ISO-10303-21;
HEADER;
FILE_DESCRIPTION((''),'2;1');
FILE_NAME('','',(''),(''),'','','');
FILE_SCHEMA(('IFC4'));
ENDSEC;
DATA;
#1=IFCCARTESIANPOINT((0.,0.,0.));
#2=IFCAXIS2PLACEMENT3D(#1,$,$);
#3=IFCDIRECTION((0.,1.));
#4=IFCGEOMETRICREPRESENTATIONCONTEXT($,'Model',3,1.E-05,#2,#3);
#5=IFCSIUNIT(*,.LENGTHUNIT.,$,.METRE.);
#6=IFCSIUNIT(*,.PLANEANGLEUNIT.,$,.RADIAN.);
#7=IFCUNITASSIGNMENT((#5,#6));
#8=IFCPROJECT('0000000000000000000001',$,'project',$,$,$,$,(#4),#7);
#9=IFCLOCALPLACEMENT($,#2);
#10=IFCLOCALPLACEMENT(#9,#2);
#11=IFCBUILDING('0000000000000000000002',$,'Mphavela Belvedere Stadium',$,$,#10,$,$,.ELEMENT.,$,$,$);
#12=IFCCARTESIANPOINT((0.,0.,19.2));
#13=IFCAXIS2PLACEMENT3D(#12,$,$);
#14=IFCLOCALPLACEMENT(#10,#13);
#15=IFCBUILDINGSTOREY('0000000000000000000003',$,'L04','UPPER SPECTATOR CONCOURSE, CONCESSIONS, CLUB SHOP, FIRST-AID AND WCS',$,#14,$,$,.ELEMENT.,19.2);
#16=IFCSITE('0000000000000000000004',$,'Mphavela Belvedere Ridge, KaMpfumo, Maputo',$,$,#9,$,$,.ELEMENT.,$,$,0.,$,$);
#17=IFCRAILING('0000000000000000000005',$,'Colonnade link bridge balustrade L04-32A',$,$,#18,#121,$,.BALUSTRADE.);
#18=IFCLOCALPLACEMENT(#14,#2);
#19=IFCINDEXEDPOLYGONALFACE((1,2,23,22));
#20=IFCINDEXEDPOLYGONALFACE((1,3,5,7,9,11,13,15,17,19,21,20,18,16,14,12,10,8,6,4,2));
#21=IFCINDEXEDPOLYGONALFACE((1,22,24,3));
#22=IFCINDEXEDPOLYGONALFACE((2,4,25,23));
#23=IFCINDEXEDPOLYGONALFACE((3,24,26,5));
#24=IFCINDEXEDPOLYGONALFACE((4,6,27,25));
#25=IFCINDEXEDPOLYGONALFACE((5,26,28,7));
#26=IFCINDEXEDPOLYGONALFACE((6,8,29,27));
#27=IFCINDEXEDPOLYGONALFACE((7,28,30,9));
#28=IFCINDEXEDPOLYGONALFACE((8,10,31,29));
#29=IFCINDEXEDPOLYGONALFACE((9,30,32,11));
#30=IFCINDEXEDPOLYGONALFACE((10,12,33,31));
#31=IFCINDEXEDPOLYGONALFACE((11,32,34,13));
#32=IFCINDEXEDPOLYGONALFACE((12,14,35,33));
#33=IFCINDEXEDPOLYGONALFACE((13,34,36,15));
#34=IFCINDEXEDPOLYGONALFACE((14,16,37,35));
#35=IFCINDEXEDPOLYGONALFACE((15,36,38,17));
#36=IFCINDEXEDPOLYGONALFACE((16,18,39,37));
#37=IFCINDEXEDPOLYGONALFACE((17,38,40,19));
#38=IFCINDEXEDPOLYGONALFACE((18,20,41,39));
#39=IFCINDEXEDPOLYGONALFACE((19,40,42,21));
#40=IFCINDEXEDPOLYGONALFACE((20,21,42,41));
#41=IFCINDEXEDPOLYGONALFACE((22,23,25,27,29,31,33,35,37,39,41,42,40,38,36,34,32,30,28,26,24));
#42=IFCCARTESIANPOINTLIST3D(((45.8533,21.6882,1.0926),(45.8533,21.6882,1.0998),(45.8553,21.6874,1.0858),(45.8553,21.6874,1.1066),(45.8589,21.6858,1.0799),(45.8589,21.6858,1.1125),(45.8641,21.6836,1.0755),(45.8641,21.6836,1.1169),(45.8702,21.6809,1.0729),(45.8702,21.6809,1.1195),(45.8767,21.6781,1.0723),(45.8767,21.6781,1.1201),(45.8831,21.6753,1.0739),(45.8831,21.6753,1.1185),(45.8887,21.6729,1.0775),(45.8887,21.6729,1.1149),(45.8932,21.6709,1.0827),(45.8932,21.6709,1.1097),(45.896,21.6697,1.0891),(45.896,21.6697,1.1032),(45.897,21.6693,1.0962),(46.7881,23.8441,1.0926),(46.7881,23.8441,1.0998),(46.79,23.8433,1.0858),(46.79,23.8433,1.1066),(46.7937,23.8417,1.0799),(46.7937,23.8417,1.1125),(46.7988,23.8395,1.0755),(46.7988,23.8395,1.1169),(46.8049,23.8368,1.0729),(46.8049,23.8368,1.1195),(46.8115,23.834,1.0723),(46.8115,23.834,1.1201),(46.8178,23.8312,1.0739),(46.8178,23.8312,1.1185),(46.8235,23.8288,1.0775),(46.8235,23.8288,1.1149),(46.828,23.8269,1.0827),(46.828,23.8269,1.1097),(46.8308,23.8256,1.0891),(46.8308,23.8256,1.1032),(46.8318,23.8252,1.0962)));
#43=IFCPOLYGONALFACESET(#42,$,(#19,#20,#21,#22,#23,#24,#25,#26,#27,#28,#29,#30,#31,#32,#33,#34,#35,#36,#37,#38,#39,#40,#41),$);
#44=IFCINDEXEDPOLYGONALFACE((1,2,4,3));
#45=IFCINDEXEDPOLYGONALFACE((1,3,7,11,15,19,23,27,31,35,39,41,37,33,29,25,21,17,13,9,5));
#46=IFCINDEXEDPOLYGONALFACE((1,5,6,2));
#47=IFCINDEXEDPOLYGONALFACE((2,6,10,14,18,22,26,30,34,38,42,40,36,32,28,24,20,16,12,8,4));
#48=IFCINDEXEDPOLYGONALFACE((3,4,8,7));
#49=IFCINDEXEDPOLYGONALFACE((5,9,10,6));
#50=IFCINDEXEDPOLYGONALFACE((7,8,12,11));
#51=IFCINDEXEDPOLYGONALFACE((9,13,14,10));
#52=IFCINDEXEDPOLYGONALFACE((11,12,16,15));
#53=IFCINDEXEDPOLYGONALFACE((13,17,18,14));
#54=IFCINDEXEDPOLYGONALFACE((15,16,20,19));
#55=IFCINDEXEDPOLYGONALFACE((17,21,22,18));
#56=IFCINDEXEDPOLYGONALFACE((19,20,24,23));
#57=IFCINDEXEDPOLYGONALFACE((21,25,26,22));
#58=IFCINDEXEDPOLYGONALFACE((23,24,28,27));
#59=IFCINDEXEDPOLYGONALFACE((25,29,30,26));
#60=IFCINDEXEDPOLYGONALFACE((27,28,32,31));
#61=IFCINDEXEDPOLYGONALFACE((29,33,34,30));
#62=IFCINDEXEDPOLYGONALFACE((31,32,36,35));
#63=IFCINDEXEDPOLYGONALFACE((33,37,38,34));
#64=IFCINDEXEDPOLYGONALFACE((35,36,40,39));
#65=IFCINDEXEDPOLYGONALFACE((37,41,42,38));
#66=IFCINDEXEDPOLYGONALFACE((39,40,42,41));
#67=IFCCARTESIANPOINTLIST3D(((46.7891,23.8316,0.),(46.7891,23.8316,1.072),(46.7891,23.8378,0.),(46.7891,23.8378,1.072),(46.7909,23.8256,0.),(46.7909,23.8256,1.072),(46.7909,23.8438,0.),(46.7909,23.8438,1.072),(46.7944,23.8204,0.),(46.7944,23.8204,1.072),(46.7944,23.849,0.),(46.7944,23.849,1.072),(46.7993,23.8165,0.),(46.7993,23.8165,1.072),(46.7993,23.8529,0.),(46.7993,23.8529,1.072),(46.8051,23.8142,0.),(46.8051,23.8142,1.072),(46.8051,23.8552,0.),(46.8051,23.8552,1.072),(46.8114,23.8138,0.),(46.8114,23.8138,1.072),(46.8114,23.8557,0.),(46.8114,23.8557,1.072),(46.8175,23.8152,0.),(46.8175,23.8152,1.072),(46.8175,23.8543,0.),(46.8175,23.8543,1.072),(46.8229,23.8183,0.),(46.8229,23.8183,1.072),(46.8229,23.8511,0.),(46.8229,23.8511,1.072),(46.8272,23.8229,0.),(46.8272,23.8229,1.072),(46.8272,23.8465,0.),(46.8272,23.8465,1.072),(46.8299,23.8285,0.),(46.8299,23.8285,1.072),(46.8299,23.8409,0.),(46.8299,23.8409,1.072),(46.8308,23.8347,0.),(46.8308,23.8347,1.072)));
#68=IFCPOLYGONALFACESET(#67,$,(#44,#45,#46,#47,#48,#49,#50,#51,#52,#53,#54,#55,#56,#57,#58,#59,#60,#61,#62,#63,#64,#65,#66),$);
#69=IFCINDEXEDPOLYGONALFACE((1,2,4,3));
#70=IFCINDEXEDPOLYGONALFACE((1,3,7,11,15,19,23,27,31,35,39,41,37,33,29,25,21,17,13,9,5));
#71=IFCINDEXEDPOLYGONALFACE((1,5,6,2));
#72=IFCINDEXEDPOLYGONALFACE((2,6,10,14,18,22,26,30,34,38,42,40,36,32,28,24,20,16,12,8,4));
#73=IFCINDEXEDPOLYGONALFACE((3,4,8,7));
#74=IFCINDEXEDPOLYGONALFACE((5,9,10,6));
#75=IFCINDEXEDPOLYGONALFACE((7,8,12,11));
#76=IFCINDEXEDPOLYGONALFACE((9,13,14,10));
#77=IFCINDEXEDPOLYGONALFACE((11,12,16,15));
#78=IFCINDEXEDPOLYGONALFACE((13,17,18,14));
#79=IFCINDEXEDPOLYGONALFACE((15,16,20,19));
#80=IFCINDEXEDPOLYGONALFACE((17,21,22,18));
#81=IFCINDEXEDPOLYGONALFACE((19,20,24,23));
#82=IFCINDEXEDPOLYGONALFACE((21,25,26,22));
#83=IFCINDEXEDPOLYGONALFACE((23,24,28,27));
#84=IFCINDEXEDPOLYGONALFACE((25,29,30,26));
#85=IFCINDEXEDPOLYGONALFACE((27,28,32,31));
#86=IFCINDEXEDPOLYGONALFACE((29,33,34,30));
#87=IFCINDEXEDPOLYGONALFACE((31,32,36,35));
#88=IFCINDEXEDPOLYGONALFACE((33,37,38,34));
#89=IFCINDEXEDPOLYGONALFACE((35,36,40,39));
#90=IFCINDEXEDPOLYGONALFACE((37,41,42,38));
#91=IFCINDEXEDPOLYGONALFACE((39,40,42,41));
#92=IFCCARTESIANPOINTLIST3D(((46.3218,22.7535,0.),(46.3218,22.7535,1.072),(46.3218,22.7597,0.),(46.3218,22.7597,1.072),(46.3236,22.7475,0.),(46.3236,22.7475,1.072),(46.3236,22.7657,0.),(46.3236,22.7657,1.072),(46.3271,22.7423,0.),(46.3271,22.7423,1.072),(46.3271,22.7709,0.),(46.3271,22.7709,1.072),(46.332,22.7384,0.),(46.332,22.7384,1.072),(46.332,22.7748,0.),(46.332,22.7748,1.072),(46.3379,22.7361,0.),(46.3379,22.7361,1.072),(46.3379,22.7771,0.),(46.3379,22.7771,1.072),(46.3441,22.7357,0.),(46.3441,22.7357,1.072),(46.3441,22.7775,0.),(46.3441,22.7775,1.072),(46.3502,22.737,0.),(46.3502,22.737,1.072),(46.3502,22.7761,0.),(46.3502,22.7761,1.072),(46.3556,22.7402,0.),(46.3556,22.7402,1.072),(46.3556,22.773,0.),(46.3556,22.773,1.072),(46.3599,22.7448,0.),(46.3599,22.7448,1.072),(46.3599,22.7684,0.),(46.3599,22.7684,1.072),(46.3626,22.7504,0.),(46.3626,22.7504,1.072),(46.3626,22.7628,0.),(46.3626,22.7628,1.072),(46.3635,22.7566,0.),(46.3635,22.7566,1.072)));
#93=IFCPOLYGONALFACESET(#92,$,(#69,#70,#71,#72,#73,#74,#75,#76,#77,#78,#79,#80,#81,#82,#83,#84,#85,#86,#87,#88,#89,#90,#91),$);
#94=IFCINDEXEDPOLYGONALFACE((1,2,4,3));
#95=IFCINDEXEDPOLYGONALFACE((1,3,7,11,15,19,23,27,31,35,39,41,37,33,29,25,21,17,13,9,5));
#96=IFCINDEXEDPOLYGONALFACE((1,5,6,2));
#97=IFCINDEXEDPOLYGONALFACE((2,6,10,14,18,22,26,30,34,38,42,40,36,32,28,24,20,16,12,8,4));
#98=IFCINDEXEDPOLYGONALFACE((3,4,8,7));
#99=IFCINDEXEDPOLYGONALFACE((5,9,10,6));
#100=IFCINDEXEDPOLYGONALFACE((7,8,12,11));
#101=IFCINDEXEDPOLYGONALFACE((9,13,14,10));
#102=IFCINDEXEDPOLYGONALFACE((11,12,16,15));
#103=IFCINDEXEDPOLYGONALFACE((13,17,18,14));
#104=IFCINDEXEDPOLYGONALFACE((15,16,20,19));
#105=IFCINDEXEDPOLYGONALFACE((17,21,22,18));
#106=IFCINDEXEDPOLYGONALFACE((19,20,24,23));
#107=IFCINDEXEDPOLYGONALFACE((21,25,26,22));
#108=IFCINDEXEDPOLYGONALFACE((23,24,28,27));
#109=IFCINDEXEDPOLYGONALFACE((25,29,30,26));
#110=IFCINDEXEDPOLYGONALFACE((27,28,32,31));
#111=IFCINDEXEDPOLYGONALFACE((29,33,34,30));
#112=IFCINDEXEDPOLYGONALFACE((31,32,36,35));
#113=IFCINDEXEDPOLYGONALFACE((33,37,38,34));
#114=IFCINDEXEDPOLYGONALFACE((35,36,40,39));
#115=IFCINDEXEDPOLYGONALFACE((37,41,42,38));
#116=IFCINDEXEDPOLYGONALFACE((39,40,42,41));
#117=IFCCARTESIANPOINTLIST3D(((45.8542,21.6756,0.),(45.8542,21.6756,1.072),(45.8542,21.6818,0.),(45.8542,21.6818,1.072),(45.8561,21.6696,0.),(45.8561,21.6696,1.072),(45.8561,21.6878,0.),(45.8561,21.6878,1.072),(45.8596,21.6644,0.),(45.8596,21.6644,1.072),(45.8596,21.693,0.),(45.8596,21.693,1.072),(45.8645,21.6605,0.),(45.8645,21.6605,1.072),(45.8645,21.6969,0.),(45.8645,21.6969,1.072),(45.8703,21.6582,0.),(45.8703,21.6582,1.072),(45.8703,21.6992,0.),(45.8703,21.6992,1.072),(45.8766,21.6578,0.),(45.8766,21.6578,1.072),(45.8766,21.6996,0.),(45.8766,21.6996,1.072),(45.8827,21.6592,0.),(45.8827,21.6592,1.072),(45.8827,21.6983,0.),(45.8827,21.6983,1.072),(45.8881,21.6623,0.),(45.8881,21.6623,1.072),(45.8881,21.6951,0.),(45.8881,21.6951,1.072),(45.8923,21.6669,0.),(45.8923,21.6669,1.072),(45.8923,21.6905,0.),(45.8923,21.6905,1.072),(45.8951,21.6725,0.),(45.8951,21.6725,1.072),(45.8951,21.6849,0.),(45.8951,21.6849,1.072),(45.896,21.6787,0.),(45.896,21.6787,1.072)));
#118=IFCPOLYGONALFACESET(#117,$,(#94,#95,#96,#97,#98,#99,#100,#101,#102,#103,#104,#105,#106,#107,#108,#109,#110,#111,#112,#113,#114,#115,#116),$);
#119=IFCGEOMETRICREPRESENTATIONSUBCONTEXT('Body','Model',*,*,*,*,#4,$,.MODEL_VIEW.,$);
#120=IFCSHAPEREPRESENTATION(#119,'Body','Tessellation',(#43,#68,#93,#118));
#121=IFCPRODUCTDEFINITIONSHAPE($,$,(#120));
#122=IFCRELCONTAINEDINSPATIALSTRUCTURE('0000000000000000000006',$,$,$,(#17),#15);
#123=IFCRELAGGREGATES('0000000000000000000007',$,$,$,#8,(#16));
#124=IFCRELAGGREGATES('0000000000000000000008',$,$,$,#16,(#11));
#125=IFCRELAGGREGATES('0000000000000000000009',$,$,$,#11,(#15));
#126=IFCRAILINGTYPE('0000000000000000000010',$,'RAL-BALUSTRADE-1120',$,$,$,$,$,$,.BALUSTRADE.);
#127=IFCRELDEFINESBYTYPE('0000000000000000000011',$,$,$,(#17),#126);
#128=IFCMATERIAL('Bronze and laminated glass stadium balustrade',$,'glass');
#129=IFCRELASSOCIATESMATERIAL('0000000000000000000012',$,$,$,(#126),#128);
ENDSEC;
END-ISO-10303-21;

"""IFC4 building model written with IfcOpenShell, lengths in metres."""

from ifc_helpers import new_model, si_unit, direction, frame, origin, origin_2d, place, context, subcontext, project, spatial, circle, extrude, material, type_object, element, save


model = new_model("IFC4")

# Units and contexts
model_context = context("Model", 3, precision=1e-05, world=origin(), true_north=direction((0.0, 1.0)))
body_context = subcontext(model_context, "Body", "Model", "MODEL_VIEW")
ifc_project = project(units=[si_unit("LENGTHUNIT", "METRE"), si_unit("PLANEANGLEUNIT", "RADIAN")], contexts=[model_context])

# Site, building, storey
site_placement = place(None, origin())
site = spatial("IfcSite", under=ifc_project, at=site_placement, Name="Mphavela Belvedere Ridge, KaMpfumo, Maputo", CompositionType="ELEMENT", RefElevation=0.0)
building_placement = place(site_placement, origin())
building = spatial("IfcBuilding", under=site, at=building_placement, Name="Mphavela Belvedere Stadium", CompositionType="ELEMENT")
storey_placement = place(building_placement, frame((0.0, 0.0, 19.2)))
storey = spatial("IfcBuildingStorey", under=building, at=storey_placement, Name="L04", Description="UPPER SPECTATOR CONCOURSE, CONCESSIONS, CLUB SHOP, FIRST-AID AND WCS", CompositionType="ELEMENT", Elevation=19.2)

# Railing
ifc_material_1 = material(Name="Bronze and laminated glass stadium balustrade", Category="glass")
railing_type = type_object("IfcRailingType", Name="RAL-BALUSTRADE-1120", PredefinedType="BALUSTRADE", material=ifc_material_1)
railing_1_placement = place(storey_placement, frame((46.8098, 23.8347, 0.0)))
element("IfcRailing", 1, at=railing_1_placement, inside=storey, type_object=railing_type, Name="Colonnade link bridge balustrade L04-32A", PredefinedType="BALUSTRADE", context=body_context, shape_type="SweptSolid", body=[
    extrude(circle(Radius=0.0239, at=origin_2d()), frame((0.0, 0.0, 1.0962), z_axis=(-0.397803, -0.917471, 0.0), x_axis=(0.917471, -0.397803, 0.0)), (0.0, 0.0, 1.0), 2.3499),
    extrude(circle(Radius=0.021, at=origin_2d()), origin(), (0.0, 0.0, 1.0), 1.072),
    extrude(circle(Radius=0.021, at=origin_2d()), frame((-0.4673, -1.0781, 0.0)), (0.0, 0.0, 1.0), 1.072),
    extrude(circle(Radius=0.021, at=origin_2d()), frame((-0.9348, -2.156, 0.0)), (0.0, 0.0, 1.0), 1.072),
])

save(model, "model.ifc")
